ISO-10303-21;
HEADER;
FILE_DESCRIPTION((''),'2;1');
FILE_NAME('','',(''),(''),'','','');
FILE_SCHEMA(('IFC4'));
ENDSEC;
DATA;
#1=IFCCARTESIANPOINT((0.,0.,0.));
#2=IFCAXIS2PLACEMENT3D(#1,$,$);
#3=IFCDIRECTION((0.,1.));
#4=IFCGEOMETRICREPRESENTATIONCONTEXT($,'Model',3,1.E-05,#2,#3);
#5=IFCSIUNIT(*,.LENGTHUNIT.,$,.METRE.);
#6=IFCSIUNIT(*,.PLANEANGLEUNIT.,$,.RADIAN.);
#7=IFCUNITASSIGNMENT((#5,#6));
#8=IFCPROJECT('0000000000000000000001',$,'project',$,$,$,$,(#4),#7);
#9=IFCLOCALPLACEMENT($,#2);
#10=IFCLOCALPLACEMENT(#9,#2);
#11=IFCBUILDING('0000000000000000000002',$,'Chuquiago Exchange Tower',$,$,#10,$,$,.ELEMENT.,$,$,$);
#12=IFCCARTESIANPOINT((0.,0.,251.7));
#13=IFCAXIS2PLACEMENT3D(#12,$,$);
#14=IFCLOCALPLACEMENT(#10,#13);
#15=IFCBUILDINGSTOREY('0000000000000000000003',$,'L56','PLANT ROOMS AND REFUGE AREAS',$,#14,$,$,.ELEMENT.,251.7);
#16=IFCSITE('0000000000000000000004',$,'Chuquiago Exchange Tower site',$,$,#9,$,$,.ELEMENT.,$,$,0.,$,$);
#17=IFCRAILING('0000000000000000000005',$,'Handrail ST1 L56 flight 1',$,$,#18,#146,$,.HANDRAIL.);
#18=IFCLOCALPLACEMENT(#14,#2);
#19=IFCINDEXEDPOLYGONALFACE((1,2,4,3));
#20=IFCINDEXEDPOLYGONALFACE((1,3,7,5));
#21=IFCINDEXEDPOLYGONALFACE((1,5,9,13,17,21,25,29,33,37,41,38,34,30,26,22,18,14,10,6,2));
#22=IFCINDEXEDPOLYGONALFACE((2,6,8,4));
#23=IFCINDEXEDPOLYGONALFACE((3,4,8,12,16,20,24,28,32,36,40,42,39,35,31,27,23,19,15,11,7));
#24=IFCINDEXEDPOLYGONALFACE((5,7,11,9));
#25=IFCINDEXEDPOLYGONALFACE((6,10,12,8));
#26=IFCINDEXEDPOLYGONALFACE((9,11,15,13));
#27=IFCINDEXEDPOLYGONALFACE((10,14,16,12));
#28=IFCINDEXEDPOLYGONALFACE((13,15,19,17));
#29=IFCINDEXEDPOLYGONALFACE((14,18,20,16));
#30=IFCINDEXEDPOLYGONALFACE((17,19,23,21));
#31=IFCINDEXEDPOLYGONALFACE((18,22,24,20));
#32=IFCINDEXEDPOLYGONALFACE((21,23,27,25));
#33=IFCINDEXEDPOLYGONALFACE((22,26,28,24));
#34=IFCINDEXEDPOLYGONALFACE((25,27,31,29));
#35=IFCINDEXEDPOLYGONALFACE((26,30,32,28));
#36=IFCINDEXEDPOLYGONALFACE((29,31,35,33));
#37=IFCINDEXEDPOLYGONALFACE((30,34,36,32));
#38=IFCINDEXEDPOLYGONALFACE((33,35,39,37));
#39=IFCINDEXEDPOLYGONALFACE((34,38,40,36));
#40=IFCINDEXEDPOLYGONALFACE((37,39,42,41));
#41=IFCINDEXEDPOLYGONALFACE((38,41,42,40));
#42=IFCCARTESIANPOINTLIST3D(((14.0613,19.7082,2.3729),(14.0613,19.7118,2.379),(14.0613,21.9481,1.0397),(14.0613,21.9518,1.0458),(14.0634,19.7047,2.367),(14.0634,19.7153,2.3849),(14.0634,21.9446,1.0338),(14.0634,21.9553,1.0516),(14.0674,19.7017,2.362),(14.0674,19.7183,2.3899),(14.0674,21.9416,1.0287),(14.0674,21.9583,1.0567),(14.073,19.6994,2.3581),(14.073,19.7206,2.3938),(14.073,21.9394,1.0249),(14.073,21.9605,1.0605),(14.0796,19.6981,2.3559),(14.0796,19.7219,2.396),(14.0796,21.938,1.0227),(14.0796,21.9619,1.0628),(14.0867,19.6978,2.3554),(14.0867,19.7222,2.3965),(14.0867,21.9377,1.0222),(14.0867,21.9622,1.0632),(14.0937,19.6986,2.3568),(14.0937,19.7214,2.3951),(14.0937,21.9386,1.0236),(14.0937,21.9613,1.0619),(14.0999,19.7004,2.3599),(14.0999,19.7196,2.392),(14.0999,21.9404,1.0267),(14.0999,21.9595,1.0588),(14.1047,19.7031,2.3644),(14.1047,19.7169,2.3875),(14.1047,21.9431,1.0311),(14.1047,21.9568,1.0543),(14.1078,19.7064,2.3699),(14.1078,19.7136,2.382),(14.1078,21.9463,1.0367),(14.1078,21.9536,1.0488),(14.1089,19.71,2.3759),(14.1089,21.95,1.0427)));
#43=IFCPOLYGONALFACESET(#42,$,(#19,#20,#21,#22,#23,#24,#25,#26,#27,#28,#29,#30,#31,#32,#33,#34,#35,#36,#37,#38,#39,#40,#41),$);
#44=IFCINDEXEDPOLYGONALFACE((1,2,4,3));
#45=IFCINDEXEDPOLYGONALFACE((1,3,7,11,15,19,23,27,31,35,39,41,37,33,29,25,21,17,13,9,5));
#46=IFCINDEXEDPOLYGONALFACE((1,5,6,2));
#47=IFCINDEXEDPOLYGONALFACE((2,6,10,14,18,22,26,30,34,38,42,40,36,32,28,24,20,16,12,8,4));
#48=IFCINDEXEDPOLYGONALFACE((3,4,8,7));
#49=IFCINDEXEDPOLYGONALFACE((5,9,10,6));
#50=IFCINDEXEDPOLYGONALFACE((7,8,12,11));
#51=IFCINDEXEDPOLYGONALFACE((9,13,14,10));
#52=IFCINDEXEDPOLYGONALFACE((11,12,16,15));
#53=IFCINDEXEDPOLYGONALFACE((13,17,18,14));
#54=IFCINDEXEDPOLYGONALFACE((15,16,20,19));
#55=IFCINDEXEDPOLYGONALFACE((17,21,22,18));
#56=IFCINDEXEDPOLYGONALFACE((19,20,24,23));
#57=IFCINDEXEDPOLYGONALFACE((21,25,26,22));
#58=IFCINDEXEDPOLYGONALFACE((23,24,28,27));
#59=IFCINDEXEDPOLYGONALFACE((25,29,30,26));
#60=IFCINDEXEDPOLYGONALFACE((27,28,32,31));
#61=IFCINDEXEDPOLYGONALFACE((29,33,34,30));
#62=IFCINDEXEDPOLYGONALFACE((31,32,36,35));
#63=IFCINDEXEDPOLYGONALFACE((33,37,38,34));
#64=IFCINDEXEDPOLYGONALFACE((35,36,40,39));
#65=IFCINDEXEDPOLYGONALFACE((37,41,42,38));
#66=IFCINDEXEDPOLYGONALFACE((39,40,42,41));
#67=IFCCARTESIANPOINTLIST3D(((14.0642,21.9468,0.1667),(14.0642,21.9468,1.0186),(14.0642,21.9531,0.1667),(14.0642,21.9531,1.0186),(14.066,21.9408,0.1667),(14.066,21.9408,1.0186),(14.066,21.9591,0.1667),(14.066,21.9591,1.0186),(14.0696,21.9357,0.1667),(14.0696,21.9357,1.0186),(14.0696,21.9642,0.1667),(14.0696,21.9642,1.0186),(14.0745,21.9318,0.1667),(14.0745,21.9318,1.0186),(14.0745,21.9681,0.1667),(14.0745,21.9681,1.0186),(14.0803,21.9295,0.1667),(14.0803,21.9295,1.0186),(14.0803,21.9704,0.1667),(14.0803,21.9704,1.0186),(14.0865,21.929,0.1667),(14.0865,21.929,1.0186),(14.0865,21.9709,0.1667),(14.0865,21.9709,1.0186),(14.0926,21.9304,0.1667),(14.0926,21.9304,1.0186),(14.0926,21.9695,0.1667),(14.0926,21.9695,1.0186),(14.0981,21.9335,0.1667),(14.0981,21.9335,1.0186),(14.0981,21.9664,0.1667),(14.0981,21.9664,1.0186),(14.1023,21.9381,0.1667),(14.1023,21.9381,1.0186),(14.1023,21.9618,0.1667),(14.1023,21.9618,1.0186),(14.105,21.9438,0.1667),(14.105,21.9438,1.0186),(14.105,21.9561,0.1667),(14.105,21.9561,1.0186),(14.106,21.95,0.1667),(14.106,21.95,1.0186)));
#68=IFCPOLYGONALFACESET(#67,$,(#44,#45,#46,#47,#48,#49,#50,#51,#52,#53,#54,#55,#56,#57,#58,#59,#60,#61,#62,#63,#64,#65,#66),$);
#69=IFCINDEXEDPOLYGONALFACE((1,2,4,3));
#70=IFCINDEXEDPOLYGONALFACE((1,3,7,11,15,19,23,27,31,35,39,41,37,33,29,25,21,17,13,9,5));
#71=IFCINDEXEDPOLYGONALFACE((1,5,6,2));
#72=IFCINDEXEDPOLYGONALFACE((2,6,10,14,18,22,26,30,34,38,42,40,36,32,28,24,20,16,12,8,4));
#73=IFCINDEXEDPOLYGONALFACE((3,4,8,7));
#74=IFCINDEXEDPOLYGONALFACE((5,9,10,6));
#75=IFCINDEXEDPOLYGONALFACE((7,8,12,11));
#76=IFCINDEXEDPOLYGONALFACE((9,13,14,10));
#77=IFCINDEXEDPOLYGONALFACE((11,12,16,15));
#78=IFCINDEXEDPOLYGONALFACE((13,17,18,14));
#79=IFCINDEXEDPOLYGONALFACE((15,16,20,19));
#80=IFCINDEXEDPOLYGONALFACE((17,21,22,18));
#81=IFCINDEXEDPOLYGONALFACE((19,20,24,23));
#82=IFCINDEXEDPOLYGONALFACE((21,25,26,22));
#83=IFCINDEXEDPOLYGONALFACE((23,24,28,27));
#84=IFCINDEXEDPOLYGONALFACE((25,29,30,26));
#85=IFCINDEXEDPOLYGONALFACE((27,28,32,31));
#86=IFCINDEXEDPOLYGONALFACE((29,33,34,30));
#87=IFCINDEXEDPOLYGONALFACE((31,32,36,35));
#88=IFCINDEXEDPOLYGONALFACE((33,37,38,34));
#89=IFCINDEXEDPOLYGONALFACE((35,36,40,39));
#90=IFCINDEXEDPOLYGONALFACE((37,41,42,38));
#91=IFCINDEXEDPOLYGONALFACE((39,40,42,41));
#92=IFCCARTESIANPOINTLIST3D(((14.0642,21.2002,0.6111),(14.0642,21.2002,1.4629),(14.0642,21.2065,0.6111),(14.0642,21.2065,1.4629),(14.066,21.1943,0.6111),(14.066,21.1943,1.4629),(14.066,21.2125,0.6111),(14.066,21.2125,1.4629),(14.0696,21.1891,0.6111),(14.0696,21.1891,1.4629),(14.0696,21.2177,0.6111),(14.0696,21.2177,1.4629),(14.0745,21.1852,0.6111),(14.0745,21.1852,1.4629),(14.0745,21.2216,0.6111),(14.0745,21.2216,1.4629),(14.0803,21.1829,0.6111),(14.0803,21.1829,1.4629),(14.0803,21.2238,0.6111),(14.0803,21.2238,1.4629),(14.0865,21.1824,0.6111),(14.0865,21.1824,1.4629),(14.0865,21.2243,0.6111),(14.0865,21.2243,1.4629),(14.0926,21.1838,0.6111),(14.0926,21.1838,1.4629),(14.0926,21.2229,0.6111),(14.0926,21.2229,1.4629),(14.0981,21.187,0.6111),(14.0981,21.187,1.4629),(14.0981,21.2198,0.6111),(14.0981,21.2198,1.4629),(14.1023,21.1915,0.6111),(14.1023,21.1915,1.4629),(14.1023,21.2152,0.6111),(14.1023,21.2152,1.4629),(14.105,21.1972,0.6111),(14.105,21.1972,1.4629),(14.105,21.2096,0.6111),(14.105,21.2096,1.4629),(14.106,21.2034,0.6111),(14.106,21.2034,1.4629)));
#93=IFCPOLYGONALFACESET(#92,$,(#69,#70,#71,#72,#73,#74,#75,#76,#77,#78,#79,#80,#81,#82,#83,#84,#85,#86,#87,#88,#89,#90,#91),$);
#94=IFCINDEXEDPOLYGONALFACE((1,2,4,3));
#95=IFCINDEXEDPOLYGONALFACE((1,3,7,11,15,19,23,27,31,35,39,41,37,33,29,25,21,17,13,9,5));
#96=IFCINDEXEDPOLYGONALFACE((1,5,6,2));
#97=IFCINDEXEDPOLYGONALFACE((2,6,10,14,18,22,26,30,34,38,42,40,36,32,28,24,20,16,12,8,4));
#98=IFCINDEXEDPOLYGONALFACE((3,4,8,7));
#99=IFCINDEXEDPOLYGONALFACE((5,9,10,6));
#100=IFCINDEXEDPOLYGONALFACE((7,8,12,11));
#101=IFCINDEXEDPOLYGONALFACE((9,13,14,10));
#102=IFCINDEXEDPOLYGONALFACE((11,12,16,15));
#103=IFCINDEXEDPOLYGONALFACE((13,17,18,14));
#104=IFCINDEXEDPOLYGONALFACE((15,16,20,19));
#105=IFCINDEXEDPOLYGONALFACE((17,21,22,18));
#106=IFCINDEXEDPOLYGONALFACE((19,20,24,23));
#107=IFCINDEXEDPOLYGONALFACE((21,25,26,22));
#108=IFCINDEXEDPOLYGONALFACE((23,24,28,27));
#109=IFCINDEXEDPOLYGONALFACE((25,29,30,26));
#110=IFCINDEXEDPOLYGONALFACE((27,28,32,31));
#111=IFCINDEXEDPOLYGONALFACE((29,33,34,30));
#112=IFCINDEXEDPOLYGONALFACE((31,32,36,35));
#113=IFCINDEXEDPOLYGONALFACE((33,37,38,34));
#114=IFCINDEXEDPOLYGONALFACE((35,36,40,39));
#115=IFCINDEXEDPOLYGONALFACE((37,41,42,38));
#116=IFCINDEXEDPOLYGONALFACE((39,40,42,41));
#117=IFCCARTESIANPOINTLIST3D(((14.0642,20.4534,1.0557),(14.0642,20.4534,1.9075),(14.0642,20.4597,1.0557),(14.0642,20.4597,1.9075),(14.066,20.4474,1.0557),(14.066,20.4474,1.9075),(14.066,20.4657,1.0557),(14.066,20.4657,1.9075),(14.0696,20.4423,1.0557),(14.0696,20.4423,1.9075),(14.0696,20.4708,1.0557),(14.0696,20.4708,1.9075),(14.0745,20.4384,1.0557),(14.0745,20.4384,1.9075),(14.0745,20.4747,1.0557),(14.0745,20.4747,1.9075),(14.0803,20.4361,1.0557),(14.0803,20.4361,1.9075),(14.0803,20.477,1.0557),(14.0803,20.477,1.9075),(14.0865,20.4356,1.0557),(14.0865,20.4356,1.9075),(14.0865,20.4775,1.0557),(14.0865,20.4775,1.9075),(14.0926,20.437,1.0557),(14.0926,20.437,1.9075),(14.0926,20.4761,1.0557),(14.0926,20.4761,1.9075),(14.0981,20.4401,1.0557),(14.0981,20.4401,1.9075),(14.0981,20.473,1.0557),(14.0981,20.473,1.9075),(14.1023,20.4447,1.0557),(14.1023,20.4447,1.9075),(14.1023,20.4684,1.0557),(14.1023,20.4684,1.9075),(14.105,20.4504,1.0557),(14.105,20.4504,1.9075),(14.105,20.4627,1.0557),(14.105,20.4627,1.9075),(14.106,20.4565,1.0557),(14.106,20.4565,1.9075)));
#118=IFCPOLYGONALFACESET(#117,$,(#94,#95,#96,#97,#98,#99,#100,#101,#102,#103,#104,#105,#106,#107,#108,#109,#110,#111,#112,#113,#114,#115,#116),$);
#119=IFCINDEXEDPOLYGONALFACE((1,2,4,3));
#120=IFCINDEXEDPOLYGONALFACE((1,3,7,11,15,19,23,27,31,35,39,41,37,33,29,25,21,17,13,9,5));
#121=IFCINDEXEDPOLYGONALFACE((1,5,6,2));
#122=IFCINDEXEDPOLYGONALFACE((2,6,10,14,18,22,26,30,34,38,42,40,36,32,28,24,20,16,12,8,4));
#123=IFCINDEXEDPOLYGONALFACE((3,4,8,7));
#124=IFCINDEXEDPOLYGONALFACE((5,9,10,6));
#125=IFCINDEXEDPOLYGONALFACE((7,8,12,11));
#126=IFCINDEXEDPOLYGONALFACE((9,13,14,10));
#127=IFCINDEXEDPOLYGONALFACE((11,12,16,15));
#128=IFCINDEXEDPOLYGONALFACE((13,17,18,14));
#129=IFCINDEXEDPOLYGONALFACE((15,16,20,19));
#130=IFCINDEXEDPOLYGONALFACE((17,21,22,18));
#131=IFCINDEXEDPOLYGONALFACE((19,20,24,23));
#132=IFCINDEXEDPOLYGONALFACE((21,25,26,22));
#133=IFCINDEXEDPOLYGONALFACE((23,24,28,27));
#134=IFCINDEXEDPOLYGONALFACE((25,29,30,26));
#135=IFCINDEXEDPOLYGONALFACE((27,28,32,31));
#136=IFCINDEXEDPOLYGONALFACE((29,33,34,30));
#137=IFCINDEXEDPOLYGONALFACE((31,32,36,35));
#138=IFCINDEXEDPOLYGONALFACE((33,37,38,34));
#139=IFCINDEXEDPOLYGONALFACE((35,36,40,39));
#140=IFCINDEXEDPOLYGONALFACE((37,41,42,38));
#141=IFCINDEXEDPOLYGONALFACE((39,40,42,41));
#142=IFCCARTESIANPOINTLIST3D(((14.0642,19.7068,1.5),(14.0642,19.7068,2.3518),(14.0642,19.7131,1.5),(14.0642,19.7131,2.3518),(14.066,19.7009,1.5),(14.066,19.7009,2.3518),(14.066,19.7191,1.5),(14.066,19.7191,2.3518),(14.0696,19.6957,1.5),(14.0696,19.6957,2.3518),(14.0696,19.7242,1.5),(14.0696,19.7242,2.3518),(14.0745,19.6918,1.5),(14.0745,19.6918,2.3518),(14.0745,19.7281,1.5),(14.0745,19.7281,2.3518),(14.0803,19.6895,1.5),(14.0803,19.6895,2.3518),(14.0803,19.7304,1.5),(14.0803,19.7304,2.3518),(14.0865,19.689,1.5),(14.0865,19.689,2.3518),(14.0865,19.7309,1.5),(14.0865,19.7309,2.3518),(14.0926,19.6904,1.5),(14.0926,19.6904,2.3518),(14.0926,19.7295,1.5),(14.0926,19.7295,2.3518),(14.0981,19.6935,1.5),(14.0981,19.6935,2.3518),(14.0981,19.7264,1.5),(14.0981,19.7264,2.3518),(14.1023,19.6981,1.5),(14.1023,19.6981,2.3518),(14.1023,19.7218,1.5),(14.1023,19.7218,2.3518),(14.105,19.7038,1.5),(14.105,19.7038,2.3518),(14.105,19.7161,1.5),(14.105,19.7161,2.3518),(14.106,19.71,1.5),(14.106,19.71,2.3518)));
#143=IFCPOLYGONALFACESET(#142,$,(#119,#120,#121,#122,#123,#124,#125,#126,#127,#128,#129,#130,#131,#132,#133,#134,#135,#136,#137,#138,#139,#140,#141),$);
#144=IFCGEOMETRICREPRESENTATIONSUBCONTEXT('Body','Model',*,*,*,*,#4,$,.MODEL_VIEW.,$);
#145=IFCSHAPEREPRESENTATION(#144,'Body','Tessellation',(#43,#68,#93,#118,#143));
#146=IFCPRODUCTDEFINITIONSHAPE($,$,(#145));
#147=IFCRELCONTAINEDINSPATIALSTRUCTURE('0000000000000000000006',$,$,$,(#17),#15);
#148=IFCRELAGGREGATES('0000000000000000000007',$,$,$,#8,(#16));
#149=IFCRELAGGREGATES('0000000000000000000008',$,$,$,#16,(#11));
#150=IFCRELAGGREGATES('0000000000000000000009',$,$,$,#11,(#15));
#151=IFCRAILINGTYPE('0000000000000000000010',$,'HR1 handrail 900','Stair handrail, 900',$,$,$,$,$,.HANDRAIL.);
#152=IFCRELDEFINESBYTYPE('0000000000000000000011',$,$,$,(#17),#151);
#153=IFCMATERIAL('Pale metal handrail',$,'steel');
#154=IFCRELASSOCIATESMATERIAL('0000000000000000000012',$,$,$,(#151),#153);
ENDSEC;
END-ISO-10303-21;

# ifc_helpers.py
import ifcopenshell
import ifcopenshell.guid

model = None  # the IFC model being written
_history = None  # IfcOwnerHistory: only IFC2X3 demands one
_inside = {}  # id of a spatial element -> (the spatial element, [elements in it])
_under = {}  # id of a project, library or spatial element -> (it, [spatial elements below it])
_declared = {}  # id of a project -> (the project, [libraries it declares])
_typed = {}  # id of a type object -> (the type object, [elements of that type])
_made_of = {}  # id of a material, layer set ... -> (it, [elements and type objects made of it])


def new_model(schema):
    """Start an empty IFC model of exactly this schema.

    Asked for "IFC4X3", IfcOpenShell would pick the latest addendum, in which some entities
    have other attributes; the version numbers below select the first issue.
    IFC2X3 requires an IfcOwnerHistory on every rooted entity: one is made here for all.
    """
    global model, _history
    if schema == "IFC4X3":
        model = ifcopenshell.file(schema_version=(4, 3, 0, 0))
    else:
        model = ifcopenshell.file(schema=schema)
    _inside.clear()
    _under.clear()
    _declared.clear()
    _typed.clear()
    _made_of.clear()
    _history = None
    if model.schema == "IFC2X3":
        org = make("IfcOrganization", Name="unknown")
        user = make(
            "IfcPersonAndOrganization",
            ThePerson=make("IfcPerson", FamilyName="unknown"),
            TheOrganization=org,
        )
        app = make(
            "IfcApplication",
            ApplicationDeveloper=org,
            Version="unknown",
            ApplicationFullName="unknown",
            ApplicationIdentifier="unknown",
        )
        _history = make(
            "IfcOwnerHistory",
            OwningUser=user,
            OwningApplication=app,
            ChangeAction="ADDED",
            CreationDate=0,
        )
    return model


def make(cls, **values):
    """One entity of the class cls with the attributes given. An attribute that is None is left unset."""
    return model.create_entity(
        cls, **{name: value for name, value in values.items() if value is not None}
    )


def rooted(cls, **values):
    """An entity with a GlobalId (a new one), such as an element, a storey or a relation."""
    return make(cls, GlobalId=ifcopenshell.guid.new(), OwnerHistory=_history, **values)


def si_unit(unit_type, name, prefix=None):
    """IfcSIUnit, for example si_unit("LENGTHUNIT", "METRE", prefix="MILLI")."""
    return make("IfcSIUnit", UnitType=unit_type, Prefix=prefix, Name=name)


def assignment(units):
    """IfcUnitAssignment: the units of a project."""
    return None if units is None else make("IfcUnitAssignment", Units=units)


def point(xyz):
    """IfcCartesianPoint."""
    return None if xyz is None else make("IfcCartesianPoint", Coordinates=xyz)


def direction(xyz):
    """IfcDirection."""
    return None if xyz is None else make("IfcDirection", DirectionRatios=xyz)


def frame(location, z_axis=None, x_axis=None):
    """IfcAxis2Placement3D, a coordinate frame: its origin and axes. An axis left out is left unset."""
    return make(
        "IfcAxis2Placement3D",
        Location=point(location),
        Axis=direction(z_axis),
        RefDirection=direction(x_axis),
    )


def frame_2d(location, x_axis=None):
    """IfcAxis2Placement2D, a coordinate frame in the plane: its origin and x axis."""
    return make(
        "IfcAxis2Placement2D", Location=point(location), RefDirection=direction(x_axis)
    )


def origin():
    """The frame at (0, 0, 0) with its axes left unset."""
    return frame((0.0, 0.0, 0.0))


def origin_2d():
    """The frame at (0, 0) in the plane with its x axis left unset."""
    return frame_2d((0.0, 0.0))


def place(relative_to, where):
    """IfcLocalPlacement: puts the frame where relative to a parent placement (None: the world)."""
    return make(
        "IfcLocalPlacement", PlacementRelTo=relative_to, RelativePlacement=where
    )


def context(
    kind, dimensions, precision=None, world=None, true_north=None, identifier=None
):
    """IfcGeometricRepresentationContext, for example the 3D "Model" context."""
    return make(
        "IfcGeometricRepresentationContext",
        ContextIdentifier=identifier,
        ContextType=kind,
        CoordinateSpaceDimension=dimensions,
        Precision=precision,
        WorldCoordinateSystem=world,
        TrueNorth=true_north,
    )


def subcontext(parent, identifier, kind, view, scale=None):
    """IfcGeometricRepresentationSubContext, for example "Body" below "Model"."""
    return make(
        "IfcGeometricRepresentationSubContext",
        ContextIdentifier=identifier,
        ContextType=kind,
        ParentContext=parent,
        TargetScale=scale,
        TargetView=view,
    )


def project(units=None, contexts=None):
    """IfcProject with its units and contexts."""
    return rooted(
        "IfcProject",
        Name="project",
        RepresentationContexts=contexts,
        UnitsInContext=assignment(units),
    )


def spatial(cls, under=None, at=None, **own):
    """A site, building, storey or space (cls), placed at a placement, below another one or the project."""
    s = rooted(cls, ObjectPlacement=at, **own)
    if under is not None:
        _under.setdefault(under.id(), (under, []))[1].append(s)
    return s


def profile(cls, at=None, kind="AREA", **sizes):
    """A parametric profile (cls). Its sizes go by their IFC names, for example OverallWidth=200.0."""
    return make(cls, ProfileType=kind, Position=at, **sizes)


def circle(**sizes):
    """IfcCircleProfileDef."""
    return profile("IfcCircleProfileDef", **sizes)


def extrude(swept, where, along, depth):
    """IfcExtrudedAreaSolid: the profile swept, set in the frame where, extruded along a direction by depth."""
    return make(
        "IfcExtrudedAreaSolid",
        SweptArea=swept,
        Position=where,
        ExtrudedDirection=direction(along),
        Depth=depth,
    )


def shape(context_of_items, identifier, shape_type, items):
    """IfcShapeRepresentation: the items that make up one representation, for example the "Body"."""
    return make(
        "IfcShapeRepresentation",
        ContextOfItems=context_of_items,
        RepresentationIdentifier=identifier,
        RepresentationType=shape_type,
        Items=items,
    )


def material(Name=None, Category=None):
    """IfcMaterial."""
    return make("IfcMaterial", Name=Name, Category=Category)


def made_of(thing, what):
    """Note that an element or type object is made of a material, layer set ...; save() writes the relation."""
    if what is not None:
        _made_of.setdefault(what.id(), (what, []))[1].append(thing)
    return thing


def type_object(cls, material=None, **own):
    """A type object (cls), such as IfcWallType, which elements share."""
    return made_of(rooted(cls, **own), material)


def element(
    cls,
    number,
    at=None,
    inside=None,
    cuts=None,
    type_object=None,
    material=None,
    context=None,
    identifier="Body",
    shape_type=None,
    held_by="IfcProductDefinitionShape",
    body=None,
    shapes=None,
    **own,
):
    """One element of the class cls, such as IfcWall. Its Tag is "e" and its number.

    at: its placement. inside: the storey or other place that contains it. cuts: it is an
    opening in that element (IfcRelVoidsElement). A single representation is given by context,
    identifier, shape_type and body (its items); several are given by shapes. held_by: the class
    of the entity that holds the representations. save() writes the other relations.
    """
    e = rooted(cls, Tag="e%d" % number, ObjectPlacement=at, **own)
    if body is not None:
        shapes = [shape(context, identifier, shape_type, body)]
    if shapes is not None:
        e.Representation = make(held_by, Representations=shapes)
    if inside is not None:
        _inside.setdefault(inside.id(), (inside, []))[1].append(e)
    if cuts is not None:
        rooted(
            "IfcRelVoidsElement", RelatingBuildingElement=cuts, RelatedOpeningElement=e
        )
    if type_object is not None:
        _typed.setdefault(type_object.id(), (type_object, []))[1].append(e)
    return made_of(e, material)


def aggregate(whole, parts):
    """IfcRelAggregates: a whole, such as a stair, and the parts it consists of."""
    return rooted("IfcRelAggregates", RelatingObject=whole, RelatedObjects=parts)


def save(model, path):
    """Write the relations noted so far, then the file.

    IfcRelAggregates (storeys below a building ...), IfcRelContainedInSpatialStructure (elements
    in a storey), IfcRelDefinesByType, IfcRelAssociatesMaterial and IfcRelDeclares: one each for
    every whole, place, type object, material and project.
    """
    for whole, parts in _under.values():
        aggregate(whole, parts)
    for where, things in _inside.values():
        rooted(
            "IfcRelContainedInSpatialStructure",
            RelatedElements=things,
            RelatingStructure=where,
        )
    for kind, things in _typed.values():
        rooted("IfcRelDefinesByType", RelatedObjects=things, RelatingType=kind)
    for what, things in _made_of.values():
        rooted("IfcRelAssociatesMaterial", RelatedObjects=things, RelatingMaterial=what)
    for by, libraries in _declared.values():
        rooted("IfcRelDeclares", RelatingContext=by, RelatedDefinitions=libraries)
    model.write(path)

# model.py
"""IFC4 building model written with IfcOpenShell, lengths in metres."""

from ifc_helpers import new_model, si_unit, direction, frame, origin, origin_2d, place, context, subcontext, project, spatial, circle, extrude, material, type_object, element, save


model = new_model("IFC4")

# Units and contexts
model_context = context("Model", 3, precision=1e-05, world=origin(), true_north=direction((0.0, 1.0)))
body_context = subcontext(model_context, "Body", "Model", "MODEL_VIEW")
ifc_project = project(units=[si_unit("LENGTHUNIT", "METRE"), si_unit("PLANEANGLEUNIT", "RADIAN")], contexts=[model_context])

# Site, building, storey
site_placement = place(None, origin())
site = spatial("IfcSite", under=ifc_project, at=site_placement, Name="Chuquiago Exchange Tower site", CompositionType="ELEMENT", RefElevation=0.0)
building_placement = place(site_placement, origin())
building = spatial("IfcBuilding", under=site, at=building_placement, Name="Chuquiago Exchange Tower", CompositionType="ELEMENT")
storey_placement = place(building_placement, frame((0.0, 0.0, 251.7)))
storey = spatial("IfcBuildingStorey", under=building, at=storey_placement, Name="L56", Description="PLANT ROOMS AND REFUGE AREAS", CompositionType="ELEMENT", Elevation=251.7)

# Railing
ifc_material_1 = material(Name="Pale metal handrail", Category="steel")
railing_type_1 = type_object("IfcRailingType", Name="HR1 handrail 900", Description="Stair handrail, 900", PredefinedType="HANDRAIL", material=ifc_material_1)
for number, where, name in (
    (1, (14.085, 21.95, 0.1667), "Handrail ST1 L56 flight 1"),
):
    element("IfcRailing", number, at=place(storey_placement, frame(where)), inside=storey, type_object=railing_type_1, Name=name, PredefinedType="HANDRAIL", context=body_context, shape_type="SweptSolid", body=[
        extrude(circle(Radius=0.0239, at=origin_2d()), frame((0.0, 0.0, 0.876), z_axis=(0.0, -0.859306, 0.511462), x_axis=(1.0, 0.0, 0.0)), (0.0, 0.0, 1.0), 2.6067),
        extrude(circle(Radius=0.021, at=origin_2d()), origin(), (0.0, 0.0, 1.0), 0.8518),
        extrude(circle(Radius=0.021, at=origin_2d()), frame((0.0, -0.7466, 0.4443)), (0.0, 0.0, 1.0), 0.8518),
        extrude(circle(Radius=0.021, at=origin_2d()), frame((0.0, -1.4934, 0.8889)), (0.0, 0.0, 1.0), 0.8518),
        extrude(circle(Radius=0.021, at=origin_2d()), frame((0.0, -2.24, 1.3333)), (0.0, 0.0, 1.0), 0.8518),
    ])

save(model, "model.ifc")
